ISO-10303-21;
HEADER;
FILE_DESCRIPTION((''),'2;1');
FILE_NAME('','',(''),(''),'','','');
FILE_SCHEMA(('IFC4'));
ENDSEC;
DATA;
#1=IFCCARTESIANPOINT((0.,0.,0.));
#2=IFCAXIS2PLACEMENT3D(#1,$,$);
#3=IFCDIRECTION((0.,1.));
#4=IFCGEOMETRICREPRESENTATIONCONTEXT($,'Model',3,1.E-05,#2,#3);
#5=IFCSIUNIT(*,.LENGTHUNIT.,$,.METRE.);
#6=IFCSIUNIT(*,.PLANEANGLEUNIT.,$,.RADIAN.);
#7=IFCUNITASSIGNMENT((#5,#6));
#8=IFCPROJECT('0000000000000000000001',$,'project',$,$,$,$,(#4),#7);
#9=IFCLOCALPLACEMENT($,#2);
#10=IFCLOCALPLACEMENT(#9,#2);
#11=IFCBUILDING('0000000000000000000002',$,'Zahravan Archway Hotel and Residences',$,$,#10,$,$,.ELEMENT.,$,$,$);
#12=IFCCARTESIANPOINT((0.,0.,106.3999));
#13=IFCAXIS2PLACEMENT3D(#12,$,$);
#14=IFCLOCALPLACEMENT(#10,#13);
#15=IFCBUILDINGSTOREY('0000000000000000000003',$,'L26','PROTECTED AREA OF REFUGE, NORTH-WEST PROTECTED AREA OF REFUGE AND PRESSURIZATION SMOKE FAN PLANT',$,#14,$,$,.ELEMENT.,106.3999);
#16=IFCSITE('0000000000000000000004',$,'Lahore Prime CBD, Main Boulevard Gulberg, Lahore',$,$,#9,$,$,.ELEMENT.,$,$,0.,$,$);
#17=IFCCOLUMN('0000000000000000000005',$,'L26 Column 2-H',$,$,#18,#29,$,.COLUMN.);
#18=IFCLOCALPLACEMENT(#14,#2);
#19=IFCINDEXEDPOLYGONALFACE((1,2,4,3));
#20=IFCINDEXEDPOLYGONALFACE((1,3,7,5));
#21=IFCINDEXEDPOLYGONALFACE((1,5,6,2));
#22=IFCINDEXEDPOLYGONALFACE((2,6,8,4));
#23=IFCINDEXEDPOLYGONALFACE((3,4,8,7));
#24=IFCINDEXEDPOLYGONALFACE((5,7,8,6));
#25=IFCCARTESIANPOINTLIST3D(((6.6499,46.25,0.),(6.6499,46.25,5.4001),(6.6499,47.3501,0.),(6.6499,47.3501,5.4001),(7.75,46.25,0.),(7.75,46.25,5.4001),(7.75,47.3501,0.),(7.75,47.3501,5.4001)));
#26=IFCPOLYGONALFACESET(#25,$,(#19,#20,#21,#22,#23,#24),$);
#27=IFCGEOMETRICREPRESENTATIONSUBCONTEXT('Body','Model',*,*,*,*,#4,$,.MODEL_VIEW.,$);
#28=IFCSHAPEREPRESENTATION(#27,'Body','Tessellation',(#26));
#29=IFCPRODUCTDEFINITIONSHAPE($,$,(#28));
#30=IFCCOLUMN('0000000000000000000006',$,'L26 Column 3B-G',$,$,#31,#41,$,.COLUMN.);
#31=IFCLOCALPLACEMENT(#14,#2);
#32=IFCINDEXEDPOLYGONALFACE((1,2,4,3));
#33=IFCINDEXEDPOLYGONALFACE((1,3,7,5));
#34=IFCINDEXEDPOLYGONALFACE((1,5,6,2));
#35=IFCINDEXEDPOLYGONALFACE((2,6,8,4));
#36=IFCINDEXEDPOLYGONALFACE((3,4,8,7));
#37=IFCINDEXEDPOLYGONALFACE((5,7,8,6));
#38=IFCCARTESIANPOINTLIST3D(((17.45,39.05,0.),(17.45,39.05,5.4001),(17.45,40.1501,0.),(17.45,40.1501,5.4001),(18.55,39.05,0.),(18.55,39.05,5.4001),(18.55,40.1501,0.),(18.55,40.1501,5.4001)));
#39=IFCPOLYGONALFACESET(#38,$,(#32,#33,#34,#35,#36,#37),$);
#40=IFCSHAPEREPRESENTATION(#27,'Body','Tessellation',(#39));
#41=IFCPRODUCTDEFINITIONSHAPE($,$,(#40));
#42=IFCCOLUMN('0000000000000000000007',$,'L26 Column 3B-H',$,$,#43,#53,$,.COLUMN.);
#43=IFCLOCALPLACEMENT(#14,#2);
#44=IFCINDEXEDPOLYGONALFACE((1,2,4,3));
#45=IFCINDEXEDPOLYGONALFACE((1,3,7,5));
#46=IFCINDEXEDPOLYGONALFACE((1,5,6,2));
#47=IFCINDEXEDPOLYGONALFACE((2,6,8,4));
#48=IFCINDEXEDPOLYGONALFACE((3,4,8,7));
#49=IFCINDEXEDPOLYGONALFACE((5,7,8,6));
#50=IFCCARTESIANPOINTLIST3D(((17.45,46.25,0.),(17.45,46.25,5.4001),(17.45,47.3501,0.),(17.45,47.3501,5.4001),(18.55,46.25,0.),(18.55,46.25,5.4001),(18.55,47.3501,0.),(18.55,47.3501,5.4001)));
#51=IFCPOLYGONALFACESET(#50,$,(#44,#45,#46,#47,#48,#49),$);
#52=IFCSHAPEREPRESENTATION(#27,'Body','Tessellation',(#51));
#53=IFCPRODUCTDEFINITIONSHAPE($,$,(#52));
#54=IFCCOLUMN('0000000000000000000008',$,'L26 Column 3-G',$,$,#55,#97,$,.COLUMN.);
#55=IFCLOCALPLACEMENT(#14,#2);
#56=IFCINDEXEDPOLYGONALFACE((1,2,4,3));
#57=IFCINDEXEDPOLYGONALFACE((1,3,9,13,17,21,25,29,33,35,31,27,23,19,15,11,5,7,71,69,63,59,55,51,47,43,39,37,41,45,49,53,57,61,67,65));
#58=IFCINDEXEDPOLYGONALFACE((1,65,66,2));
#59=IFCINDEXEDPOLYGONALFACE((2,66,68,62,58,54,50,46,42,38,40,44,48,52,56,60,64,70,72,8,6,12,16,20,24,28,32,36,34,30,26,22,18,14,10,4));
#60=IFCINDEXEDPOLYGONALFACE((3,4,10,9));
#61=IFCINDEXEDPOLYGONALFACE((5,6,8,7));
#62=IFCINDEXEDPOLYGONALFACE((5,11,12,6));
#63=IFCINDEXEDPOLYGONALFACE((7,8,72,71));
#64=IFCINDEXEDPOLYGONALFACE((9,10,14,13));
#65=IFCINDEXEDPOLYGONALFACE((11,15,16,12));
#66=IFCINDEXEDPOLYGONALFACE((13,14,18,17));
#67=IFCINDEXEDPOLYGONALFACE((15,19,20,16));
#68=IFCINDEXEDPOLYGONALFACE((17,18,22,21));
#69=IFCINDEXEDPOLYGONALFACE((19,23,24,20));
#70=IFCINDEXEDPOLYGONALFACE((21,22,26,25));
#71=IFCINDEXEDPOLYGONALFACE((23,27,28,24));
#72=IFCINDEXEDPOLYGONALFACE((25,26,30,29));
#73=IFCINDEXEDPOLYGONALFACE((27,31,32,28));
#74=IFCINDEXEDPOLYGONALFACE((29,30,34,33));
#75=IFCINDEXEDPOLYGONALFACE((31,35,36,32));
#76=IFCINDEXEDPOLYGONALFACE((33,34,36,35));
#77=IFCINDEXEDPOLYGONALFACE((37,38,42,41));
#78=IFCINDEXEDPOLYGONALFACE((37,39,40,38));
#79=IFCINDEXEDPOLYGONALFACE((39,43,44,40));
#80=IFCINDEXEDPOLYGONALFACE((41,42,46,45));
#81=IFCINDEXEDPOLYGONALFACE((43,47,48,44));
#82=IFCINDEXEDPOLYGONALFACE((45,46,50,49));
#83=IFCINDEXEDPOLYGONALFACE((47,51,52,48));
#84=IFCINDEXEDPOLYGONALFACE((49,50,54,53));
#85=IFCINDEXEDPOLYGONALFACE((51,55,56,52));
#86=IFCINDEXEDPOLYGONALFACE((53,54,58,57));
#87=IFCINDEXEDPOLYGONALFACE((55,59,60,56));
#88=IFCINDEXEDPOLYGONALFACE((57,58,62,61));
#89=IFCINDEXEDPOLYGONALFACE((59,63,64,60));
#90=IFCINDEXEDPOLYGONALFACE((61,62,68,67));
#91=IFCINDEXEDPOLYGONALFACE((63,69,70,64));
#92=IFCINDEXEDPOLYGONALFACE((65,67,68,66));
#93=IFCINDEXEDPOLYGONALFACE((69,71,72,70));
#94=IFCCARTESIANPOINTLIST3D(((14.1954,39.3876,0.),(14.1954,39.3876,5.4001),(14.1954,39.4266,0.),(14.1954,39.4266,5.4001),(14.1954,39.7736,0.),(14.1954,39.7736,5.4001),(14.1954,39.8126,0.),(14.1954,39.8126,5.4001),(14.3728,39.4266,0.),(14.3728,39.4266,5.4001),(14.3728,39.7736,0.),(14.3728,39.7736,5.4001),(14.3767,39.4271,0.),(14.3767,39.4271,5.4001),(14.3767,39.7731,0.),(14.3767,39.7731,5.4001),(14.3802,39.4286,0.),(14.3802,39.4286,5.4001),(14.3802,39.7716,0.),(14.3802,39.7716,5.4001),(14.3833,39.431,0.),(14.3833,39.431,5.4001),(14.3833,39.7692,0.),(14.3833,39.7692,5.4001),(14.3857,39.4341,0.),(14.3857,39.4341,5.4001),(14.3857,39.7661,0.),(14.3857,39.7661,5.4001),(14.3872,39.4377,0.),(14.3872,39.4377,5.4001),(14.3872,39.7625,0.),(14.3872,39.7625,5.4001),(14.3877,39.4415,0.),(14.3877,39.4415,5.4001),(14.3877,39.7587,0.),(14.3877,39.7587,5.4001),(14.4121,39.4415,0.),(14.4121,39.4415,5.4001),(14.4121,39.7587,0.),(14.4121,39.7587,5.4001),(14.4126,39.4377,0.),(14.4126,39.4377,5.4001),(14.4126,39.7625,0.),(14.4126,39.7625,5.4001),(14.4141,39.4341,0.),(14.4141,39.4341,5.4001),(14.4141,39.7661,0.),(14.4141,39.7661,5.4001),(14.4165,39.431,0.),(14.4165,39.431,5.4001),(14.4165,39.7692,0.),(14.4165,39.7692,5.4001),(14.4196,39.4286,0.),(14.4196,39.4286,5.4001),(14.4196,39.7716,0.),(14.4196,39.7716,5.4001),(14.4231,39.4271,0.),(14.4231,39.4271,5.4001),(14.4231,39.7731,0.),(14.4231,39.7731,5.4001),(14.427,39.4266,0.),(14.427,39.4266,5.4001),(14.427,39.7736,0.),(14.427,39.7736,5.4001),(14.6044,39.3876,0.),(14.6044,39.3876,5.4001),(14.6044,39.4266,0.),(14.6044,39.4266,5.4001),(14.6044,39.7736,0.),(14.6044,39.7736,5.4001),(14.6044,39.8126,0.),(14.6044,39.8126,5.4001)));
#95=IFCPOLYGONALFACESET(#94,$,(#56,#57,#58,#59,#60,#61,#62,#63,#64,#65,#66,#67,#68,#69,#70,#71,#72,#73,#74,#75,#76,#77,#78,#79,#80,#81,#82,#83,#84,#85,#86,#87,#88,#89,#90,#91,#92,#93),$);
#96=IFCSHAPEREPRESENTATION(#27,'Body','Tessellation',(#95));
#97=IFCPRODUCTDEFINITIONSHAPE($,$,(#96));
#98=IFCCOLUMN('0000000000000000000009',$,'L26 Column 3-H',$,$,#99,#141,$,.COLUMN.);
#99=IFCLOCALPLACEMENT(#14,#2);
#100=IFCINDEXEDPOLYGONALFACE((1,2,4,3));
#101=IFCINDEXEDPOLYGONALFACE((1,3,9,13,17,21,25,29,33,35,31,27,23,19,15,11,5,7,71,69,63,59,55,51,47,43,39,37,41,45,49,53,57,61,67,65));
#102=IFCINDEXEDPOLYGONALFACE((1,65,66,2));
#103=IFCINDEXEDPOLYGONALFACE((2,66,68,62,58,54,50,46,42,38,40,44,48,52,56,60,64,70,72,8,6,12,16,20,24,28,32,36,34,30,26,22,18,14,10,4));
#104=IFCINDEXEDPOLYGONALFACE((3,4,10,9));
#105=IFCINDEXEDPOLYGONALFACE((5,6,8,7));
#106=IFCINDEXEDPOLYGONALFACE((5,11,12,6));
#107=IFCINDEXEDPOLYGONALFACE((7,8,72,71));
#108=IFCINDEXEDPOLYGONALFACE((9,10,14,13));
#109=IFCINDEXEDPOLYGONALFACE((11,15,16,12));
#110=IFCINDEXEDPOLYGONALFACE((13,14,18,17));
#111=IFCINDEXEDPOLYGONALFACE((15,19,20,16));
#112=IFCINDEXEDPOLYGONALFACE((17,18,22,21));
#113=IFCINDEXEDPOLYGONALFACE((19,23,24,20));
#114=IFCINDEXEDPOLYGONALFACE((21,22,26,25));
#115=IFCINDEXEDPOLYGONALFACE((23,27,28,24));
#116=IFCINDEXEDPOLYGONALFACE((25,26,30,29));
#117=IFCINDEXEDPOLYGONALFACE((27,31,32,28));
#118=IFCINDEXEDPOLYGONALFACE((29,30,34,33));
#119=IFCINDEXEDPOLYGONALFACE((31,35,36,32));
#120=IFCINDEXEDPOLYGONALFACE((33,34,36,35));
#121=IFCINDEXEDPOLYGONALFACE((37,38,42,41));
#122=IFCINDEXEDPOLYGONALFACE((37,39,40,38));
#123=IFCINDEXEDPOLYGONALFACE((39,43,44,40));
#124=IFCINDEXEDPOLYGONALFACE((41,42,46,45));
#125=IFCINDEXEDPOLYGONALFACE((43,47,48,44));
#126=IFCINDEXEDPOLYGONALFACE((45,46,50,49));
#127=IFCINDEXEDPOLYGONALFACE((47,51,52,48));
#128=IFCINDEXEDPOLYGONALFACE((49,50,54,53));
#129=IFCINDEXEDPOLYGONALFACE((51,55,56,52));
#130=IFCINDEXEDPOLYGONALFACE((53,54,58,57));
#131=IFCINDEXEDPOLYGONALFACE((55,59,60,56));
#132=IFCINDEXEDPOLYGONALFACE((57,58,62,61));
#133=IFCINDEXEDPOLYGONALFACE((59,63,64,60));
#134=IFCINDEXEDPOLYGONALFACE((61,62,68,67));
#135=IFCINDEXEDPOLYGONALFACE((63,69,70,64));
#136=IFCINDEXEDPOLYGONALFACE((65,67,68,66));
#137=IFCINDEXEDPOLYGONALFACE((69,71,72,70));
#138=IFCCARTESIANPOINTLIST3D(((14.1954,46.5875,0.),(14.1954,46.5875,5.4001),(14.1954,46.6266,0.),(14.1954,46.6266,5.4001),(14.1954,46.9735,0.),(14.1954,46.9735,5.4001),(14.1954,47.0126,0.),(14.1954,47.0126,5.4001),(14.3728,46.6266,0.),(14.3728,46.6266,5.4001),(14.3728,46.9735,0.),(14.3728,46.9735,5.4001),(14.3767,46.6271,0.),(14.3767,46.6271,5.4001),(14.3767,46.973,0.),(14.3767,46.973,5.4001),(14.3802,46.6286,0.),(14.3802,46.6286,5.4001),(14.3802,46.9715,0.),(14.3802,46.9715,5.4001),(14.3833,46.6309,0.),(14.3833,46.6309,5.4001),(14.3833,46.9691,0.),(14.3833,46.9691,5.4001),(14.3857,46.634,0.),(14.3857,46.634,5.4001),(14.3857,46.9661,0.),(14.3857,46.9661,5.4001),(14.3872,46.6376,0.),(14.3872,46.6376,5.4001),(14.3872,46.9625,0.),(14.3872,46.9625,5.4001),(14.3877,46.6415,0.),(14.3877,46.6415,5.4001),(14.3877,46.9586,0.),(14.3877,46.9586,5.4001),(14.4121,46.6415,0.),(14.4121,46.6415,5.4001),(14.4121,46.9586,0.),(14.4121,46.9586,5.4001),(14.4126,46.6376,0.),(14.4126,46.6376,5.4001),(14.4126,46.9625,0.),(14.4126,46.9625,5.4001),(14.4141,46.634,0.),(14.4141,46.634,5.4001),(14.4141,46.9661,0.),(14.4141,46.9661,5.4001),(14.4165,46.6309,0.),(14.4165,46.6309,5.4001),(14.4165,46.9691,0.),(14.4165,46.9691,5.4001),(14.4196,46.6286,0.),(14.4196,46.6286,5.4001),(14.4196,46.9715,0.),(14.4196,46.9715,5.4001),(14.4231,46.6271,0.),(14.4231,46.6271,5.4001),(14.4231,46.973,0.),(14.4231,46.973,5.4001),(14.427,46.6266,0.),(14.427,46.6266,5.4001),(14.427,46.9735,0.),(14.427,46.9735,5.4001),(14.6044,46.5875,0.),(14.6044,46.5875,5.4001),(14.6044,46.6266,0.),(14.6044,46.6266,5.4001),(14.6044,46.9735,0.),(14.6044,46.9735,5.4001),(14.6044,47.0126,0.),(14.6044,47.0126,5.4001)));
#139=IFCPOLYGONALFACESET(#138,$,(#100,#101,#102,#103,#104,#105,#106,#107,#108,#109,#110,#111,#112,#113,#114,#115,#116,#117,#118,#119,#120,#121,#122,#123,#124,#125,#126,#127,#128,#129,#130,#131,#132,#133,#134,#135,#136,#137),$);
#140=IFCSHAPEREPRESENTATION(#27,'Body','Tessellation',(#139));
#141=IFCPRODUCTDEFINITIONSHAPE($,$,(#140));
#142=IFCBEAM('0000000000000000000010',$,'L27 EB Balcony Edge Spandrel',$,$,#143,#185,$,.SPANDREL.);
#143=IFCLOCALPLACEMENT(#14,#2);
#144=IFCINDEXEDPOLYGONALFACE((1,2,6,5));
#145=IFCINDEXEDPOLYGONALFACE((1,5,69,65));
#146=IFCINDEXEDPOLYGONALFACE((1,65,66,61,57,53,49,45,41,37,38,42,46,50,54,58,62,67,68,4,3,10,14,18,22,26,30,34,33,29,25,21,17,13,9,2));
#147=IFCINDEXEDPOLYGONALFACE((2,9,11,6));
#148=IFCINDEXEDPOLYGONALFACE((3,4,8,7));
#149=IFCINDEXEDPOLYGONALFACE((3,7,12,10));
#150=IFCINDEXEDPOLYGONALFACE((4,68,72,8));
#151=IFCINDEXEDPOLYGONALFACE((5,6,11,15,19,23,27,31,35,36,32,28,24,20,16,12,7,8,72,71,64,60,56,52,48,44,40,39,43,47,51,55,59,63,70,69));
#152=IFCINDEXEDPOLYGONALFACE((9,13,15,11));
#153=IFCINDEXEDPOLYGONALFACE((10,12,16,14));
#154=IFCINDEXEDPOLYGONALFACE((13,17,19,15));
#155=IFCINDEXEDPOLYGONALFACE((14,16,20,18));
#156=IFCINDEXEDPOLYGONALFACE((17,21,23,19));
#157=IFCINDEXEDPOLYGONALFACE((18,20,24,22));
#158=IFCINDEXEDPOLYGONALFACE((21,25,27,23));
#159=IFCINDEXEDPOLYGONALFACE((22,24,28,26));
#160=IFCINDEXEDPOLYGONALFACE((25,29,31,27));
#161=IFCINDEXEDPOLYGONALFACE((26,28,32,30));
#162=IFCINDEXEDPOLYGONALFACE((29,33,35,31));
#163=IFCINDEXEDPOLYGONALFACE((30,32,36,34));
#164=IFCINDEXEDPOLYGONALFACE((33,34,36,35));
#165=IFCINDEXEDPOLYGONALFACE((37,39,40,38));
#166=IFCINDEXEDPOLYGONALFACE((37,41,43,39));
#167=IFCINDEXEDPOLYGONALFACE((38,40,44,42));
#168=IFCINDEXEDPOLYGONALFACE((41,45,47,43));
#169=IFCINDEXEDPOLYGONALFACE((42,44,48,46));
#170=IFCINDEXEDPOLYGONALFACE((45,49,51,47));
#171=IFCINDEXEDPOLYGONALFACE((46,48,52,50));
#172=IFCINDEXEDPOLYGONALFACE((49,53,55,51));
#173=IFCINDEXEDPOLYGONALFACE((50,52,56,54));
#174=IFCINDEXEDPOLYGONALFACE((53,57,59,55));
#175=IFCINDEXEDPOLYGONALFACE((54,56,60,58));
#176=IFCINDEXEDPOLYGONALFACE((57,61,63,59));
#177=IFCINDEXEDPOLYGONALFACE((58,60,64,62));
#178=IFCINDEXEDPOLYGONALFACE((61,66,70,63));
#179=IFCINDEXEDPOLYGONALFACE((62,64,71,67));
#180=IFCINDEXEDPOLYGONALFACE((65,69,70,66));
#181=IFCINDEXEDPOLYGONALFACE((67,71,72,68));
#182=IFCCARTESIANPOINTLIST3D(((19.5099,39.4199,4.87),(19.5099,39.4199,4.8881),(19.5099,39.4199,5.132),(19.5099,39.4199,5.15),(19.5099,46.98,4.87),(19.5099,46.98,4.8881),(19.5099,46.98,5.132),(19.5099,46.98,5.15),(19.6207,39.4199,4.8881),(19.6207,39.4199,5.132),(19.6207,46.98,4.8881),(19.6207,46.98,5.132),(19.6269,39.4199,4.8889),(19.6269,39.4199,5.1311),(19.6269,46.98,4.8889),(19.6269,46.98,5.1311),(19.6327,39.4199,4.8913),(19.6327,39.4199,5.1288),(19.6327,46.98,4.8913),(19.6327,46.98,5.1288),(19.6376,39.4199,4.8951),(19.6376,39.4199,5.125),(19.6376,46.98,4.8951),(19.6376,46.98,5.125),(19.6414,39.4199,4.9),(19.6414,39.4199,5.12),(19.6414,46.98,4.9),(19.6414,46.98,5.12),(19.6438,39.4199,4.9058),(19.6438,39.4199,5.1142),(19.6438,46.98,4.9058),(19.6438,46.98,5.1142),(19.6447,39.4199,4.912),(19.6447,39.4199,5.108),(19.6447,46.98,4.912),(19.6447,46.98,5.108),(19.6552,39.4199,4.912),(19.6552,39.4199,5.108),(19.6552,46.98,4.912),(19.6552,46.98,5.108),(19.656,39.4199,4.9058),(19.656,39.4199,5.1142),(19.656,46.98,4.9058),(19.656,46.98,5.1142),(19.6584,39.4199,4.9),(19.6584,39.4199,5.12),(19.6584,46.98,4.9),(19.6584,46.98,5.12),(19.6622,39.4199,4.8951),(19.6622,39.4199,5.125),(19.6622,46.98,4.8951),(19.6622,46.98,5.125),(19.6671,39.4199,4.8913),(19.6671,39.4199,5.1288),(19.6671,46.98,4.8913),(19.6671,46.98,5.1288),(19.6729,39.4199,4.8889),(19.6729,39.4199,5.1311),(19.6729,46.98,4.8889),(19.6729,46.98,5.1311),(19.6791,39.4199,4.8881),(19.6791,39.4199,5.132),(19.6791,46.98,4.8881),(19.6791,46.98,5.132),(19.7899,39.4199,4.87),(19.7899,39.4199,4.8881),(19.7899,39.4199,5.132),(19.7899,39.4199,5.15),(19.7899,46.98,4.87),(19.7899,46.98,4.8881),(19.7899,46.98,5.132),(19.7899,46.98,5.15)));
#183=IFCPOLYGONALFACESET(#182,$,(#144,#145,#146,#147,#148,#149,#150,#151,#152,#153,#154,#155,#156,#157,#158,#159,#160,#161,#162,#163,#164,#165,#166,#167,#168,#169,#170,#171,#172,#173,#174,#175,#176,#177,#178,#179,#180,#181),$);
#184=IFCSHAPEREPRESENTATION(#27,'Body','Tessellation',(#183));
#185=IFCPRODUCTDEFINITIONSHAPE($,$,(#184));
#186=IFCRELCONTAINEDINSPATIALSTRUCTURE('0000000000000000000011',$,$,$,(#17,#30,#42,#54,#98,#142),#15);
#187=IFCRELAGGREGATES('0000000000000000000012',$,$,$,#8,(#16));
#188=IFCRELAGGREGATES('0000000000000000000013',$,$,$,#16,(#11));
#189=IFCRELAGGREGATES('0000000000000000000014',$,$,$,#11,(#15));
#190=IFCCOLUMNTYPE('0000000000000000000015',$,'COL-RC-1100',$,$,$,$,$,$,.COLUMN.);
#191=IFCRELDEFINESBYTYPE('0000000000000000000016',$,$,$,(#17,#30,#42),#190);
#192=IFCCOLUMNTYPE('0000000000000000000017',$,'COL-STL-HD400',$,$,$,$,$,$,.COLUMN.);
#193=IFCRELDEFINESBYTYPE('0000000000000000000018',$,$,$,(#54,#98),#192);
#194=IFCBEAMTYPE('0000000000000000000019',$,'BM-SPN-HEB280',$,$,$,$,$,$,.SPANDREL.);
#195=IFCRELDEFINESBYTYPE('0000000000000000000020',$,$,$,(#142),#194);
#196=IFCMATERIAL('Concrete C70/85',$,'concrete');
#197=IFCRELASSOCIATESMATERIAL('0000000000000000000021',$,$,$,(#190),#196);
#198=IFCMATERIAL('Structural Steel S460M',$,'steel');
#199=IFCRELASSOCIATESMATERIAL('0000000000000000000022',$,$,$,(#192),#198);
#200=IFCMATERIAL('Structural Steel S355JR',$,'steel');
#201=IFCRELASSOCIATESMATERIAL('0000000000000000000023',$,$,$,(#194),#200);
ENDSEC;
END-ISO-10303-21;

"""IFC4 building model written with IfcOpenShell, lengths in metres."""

from ifc_helpers import new_model, si_unit, direction, frame, origin, origin_2d, place, context, subcontext, project, spatial, rectangle, i_section, extrude, source, transform, mapped, material, material_profile, profile_set, type_object, type_shapes, element, save


model = new_model("IFC4")

# Units and contexts
model_context = context("Model", 3, precision=1e-05, world=origin(), true_north=direction((0.0, 1.0)))
body_context = subcontext(model_context, "Body", "Model", "MODEL_VIEW")
ifc_project = project(units=[si_unit("LENGTHUNIT", "METRE"), si_unit("PLANEANGLEUNIT", "RADIAN")], contexts=[model_context])

# Site, building, storey
site_placement = place(None, origin())
site = spatial("IfcSite", under=ifc_project, at=site_placement, Name="Lahore Prime CBD, Main Boulevard Gulberg, Lahore", CompositionType="ELEMENT", RefElevation=0.0)
building_placement = place(site_placement, origin())
building = spatial("IfcBuilding", under=site, at=building_placement, Name="Zahravan Archway Hotel and Residences", CompositionType="ELEMENT")
storey_placement = place(building_placement, frame((0.0, 0.0, 106.3999)))
storey = spatial("IfcBuildingStorey", under=building, at=storey_placement, Name="L26", Description="PROTECTED AREA OF REFUGE, NORTH-WEST PROTECTED AREA OF REFUGE AND PRESSURIZATION SMOKE FAN PLANT", CompositionType="ELEMENT", Elevation=106.3999)

# Columns
ifc_material_1 = material(Name="Concrete C70/85", Category="concrete")
ifc_material_profile_1 = material_profile(ifc_material_1, rectangle(XDim=1.1001, YDim=1.1001, at=origin_2d()), Name="RC 1100x1100", Category="concrete")
ifc_profile_set_1 = profile_set([ifc_material_profile_1], Name="Concrete C70/85")
column_type_1 = type_object("IfcColumnType", Name="COL-RC-1100", PredefinedType="COLUMN", material=ifc_profile_set_1)
shared_shape_1 = source(origin(), body_context, "Body", "SweptSolid", [
    extrude(rectangle(XDim=1.1001, YDim=1.1001, at=origin_2d()), origin(), (0.0, 0.0, 1.0), 5.4001),
])
for number, where, z_axis, x_axis, name in (
    (1, (7.2, 46.8, 0.0), (0.0, 0.0, 1.0), (1.0, 0.0, 0.0), "L26 Column 2-H"),
    (2, (18.0, 39.6001, 0.0), (0.0, 0.0, 1.0), (1.0, 0.0, 0.0), "L26 Column 3B-G"),
    (3, (18.0, 46.8, 0.0), (0.0, 0.0, 1.0), (1.0, 0.0, 0.0), "L26 Column 3B-H"),
):
    element("IfcColumn", number, at=place(storey_placement, frame(where, z_axis=z_axis, x_axis=x_axis)), inside=storey, type_object=column_type_1, Name=name, PredefinedType="COLUMN", context=body_context, shape_type="MappedRepresentation", body=[
        mapped(shared_shape_1, transform((0.0, 0.0, 0.0), scale=1.0)),
    ])
ifc_material_2 = material(Name="Structural Steel S460M", Category="steel")
ifc_material_profile_2 = material_profile(ifc_material_2, i_section(OverallWidth=0.4089, OverallDepth=0.425, WebThickness=0.0244, FlangeThickness=0.0391, FilletRadius=0.0149, at=origin_2d()), Name="HD 400x421", Category="steel")
ifc_profile_set_2 = profile_set([ifc_material_profile_2], Name="Structural Steel S460M")
column_type_2 = type_object("IfcColumnType", Name="COL-STL-HD400", PredefinedType="COLUMN", material=ifc_profile_set_2)
shared_shape_2 = source(origin(), body_context, "Body", "SweptSolid", [
    extrude(i_section(OverallWidth=0.4089, OverallDepth=0.425, WebThickness=0.0244, FlangeThickness=0.0391, FilletRadius=0.0149, at=origin_2d()), origin(), (0.0, 0.0, 1.0), 5.4001),
])
for number, where, z_axis, x_axis, name in (
    (4, (14.3999, 39.6001, 0.0), (0.0, 0.0, 1.0), (1.0, 0.0, 0.0), "L26 Column 3-G"),
    (5, (14.3999, 46.8, 0.0), (0.0, 0.0, 1.0), (1.0, 0.0, 0.0), "L26 Column 3-H"),
):
    element("IfcColumn", number, at=place(storey_placement, frame(where, z_axis=z_axis, x_axis=x_axis)), inside=storey, type_object=column_type_2, Name=name, PredefinedType="COLUMN", context=body_context, shape_type="MappedRepresentation", body=[
        mapped(shared_shape_2, transform((0.0, 0.0, 0.0), scale=1.0)),
    ])

# Beam
ifc_material_3 = material(Name="Structural Steel S355JR", Category="steel")
ifc_material_profile_3 = material_profile(ifc_material_3, i_section(OverallWidth=0.28, OverallDepth=0.28, WebThickness=0.0105, FlangeThickness=0.0181, FilletRadius=0.0239, at=origin_2d()), Name="HEB 280", Category="steel")
ifc_profile_set_3 = profile_set([ifc_material_profile_3], Name="Structural Steel S355JR")
beam_type_1 = type_object("IfcBeamType", Name="BM-SPN-HEB280", PredefinedType="SPANDREL", material=ifc_profile_set_3)
shared_shape_3 = source(origin(), body_context, "Body", "SweptSolid", [
    extrude(i_section(OverallWidth=0.28, OverallDepth=0.28, WebThickness=0.0105, FlangeThickness=0.0181, FilletRadius=0.0239, at=origin_2d()), origin(), (0.0, 0.0, 1.0), 7.5601),
])
type_shapes(beam_type_1, [shared_shape_3])
beam_1_placement = place(storey_placement, frame((19.6499, 39.4199, 5.01), z_axis=(0.0, 1.0, 0.0), x_axis=(-1.0, 0.0, 0.0)))
element("IfcBeam", 6, at=beam_1_placement, inside=storey, type_object=beam_type_1, Name="L27 EB Balcony Edge Spandrel", PredefinedType="SPANDREL", context=body_context, shape_type="MappedRepresentation", body=[
    mapped(shared_shape_3, transform((0.0, 0.0, 0.0), scale=1.0)),
])

save(model, "model.ifc")
